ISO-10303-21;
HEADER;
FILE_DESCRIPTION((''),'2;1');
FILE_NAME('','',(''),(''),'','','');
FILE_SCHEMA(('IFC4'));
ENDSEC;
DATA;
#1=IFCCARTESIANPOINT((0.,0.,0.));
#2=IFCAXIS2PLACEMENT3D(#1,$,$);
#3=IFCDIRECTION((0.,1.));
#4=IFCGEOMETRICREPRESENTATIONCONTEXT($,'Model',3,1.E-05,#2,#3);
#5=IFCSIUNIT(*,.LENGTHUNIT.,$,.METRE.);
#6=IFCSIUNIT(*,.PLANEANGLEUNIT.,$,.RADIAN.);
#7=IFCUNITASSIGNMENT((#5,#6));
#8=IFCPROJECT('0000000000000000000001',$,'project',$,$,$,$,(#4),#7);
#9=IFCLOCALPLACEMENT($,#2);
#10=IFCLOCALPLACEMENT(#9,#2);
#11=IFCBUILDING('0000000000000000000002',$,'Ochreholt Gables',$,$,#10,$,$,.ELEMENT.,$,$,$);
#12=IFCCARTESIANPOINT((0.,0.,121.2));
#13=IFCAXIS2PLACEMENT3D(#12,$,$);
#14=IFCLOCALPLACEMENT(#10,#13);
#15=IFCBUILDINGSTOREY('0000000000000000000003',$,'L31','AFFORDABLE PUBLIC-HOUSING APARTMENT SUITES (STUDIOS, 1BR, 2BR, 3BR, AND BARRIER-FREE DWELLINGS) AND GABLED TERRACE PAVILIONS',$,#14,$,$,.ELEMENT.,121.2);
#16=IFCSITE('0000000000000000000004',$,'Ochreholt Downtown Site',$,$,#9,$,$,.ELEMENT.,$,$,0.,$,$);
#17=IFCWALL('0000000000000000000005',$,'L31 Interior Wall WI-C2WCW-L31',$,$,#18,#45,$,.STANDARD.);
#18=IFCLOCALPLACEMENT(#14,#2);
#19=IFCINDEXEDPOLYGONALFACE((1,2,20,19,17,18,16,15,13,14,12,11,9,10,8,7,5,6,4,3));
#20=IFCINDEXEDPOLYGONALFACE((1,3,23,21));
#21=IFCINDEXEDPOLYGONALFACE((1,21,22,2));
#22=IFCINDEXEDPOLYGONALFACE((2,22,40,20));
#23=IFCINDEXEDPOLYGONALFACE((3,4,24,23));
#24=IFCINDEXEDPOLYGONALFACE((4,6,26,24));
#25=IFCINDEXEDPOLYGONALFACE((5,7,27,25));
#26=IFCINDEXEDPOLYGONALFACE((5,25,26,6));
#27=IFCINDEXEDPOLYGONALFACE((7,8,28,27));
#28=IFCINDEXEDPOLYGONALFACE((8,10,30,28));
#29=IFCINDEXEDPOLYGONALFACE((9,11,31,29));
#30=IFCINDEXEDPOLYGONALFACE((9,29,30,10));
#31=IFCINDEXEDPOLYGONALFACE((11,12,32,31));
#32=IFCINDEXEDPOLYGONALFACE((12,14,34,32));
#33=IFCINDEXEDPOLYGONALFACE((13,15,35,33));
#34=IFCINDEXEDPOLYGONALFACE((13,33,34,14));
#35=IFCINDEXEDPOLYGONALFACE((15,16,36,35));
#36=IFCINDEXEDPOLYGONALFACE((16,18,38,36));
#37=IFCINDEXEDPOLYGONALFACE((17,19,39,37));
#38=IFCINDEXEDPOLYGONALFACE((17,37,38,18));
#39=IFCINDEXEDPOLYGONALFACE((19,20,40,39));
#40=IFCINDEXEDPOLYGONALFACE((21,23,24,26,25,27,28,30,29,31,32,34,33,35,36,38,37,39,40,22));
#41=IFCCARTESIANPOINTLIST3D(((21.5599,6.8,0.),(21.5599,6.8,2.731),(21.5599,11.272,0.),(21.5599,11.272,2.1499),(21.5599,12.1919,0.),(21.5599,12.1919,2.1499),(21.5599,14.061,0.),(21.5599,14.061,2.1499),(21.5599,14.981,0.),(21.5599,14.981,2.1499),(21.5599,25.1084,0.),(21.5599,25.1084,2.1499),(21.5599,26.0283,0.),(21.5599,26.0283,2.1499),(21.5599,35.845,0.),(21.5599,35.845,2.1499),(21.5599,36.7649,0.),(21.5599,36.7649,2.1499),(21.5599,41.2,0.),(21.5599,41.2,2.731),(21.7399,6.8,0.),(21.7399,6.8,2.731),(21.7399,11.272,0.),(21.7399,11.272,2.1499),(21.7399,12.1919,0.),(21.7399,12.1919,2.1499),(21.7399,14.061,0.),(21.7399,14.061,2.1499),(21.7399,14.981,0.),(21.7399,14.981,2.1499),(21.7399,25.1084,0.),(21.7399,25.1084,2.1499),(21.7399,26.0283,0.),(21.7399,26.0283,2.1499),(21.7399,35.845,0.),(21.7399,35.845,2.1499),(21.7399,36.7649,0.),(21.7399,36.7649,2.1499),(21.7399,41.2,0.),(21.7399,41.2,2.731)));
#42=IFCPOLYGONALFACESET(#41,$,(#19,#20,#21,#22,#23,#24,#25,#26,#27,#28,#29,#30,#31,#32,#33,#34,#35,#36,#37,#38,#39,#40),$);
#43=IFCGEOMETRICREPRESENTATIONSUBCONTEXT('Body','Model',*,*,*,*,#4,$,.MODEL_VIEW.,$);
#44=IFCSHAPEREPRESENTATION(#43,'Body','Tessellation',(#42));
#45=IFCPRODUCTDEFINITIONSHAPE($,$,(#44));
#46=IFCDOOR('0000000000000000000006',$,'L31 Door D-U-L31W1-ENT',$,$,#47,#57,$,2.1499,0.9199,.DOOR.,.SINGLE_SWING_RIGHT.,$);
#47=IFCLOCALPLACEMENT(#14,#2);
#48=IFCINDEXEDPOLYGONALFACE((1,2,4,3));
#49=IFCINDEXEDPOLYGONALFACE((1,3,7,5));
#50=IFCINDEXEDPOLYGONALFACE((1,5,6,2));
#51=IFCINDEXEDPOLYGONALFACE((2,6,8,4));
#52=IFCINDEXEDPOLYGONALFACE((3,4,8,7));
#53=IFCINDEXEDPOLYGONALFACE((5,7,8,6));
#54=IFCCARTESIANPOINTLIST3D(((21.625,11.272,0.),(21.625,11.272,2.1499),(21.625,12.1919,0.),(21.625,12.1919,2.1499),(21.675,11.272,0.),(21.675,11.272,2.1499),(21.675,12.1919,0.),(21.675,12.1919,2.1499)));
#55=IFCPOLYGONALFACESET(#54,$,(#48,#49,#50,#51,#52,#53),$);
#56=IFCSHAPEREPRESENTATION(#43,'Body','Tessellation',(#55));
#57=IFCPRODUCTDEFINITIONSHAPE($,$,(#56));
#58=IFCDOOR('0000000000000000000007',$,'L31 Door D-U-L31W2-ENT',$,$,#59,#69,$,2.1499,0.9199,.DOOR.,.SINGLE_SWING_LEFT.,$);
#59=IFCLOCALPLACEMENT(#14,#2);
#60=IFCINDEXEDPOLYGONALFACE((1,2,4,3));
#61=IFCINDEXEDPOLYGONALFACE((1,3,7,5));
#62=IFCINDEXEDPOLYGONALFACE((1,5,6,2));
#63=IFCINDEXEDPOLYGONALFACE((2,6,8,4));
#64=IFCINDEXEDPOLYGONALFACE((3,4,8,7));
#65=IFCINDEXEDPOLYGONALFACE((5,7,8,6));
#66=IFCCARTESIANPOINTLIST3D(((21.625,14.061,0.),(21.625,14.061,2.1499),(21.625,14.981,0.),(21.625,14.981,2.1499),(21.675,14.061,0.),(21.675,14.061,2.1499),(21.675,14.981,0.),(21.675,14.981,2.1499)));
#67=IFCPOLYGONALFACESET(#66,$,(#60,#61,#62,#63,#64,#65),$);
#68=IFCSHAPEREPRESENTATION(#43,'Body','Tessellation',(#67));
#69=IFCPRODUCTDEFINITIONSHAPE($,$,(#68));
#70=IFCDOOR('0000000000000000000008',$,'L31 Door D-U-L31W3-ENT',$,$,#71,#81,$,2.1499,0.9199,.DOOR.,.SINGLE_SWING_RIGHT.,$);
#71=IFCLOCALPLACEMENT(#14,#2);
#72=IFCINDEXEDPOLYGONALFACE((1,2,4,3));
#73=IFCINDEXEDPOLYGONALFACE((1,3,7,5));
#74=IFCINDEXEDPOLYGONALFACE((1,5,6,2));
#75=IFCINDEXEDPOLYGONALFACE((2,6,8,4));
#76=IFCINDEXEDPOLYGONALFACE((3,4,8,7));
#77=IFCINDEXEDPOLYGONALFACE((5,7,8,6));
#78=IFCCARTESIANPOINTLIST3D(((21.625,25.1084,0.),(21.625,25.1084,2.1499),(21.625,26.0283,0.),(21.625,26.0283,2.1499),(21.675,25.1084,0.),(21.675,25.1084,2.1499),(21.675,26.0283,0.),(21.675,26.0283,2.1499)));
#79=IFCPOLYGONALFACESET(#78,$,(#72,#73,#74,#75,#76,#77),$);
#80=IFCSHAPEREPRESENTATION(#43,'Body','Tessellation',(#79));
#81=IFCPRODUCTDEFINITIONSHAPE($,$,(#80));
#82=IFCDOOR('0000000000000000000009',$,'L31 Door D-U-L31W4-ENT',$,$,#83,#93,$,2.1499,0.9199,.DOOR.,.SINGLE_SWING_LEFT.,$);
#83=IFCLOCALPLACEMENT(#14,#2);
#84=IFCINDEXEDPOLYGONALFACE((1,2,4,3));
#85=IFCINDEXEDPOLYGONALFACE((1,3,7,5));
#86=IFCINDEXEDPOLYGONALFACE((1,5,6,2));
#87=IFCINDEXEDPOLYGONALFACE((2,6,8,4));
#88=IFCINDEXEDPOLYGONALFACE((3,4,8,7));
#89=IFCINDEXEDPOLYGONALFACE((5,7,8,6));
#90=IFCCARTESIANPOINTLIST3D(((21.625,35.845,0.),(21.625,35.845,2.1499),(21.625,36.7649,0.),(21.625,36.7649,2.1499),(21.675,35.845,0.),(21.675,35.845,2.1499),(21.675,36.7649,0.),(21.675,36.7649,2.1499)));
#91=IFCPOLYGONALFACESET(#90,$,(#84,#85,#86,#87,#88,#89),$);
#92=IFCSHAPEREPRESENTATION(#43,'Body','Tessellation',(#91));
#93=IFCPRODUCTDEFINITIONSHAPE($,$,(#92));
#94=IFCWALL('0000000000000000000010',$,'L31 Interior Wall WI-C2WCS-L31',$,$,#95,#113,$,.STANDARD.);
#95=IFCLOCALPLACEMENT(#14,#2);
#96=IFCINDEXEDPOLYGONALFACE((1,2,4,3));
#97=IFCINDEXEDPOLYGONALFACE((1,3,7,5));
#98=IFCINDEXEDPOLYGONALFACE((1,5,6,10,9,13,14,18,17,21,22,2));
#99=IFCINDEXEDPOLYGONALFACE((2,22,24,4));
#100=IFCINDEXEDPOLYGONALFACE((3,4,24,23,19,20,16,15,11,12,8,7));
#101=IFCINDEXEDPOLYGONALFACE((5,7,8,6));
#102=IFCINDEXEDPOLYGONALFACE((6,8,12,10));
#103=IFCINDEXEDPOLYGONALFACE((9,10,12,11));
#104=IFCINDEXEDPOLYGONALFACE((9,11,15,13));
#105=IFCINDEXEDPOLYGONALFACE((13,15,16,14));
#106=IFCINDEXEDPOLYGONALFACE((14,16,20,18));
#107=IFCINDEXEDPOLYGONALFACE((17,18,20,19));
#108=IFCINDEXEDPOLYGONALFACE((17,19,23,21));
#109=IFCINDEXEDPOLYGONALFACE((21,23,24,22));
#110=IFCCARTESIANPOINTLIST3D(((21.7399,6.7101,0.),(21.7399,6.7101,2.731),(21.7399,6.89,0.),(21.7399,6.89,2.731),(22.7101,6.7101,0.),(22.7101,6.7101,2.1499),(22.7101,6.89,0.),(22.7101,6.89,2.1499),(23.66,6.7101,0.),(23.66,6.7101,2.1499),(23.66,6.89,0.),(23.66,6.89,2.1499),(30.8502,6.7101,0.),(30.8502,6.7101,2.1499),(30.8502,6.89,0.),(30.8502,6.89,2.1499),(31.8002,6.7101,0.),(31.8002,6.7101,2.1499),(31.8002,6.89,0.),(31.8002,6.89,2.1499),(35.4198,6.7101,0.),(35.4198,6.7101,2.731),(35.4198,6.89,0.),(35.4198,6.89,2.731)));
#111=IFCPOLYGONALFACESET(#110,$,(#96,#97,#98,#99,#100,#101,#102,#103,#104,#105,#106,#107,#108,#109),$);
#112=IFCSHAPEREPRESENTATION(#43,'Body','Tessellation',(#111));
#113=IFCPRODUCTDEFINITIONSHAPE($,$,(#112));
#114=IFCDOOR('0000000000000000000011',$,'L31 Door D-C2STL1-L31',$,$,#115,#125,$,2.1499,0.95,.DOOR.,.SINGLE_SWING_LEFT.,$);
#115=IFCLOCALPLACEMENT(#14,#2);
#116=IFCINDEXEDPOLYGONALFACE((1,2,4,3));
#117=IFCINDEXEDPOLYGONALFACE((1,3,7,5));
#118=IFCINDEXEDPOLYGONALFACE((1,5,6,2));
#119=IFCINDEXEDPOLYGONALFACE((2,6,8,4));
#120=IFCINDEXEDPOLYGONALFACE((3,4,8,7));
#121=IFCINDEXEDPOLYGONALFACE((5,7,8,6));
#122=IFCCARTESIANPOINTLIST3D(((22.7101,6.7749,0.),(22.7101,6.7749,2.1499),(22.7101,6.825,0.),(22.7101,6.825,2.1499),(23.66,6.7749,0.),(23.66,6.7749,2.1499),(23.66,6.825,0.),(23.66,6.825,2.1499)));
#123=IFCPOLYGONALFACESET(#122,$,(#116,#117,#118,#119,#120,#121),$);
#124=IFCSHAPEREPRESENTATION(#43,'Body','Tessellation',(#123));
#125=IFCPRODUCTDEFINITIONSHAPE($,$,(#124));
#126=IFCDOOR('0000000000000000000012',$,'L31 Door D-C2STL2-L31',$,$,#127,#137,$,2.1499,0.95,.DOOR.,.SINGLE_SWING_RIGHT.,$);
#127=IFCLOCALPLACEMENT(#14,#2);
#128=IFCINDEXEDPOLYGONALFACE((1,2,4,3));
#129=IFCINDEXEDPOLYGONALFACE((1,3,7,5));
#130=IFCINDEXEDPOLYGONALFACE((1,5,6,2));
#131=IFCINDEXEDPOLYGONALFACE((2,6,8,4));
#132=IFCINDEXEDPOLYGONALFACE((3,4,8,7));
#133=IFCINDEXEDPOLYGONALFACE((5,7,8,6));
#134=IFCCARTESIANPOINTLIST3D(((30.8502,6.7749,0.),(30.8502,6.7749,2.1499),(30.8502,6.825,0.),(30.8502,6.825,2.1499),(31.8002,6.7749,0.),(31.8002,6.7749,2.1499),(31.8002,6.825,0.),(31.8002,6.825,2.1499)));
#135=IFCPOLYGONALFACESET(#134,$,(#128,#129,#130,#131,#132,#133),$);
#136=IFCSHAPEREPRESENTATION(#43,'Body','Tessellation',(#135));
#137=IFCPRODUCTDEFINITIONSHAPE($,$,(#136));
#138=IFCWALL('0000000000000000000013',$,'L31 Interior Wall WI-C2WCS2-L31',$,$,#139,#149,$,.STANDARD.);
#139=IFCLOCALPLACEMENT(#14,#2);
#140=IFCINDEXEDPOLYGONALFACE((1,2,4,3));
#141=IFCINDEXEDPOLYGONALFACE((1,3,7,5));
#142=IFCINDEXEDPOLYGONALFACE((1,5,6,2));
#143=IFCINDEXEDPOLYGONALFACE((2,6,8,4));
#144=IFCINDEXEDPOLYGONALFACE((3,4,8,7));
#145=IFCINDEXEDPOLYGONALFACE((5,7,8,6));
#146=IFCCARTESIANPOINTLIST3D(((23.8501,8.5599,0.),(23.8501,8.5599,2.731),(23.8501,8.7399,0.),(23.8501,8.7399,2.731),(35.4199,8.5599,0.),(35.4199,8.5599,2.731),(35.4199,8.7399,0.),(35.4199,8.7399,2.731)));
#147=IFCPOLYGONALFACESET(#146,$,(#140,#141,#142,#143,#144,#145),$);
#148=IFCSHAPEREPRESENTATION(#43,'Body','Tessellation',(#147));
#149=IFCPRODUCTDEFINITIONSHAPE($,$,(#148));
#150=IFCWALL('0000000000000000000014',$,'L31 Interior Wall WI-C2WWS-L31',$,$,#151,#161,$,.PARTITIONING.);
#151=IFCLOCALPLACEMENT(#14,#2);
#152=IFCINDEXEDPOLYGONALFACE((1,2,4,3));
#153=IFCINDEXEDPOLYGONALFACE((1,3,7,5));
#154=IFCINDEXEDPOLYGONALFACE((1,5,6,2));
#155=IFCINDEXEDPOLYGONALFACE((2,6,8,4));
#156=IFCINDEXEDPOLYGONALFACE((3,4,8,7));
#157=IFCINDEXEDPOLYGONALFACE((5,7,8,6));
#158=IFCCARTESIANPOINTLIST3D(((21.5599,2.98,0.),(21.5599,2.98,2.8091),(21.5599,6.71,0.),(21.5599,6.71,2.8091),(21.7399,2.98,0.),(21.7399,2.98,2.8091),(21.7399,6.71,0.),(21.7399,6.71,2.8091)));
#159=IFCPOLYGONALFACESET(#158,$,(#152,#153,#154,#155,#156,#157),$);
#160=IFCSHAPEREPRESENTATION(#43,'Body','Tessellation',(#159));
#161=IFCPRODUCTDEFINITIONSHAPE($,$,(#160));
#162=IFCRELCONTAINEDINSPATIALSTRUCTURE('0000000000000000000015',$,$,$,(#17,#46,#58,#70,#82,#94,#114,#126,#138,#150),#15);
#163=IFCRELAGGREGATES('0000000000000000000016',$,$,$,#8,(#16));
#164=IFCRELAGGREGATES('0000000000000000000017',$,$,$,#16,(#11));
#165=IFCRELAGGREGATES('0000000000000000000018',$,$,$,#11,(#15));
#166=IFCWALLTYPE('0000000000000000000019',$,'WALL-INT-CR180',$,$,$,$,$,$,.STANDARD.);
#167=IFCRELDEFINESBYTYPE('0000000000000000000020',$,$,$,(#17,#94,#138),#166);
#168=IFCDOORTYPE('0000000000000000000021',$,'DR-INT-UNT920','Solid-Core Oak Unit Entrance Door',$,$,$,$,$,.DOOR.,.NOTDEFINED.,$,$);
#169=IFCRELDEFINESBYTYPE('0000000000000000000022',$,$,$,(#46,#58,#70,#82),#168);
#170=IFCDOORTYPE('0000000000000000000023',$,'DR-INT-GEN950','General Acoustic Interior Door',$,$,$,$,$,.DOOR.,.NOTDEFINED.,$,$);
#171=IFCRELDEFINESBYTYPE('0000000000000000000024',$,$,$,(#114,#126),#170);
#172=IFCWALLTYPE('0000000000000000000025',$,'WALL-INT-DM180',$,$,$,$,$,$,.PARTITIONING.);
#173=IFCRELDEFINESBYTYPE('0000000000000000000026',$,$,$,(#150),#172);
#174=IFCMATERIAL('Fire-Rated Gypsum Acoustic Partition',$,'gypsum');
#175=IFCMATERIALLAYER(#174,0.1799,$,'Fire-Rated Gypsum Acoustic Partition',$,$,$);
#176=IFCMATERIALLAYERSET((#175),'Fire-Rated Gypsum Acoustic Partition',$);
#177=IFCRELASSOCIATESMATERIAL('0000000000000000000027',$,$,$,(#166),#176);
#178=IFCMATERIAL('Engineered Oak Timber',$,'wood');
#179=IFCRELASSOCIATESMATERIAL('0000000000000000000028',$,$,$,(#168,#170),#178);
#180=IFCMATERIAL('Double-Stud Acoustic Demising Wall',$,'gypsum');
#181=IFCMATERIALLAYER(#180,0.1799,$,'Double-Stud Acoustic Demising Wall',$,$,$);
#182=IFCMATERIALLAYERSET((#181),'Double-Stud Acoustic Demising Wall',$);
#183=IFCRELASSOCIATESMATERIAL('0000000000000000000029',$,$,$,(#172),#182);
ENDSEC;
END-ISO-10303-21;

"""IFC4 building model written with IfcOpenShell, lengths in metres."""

from ifc_helpers import new_model, si_unit, direction, frame, frame_2d, origin, place, context, subcontext, project, spatial, rectangle, extrude, material, layer, layer_set, type_object, element, fill, save


model = new_model("IFC4")

# Units and contexts
model_context = context("Model", 3, precision=1e-05, world=origin(), true_north=direction((0.0, 1.0)))
body_context = subcontext(model_context, "Body", "Model", "MODEL_VIEW")
ifc_project = project(units=[si_unit("LENGTHUNIT", "METRE"), si_unit("PLANEANGLEUNIT", "RADIAN")], contexts=[model_context])

# Site, building, storey
site_placement = place(None, origin())
site = spatial("IfcSite", under=ifc_project, at=site_placement, Name="Ochreholt Downtown Site", CompositionType="ELEMENT", RefElevation=0.0)
building_placement = place(site_placement, origin())
building = spatial("IfcBuilding", under=site, at=building_placement, Name="Ochreholt Gables", CompositionType="ELEMENT")
storey_placement = place(building_placement, frame((0.0, 0.0, 121.2)))
storey = spatial("IfcBuildingStorey", under=building, at=storey_placement, Name="L31", Description="AFFORDABLE PUBLIC-HOUSING APARTMENT SUITES (STUDIOS, 1BR, 2BR, 3BR, AND BARRIER-FREE DWELLINGS) AND GABLED TERRACE PAVILIONS", CompositionType="ELEMENT", Elevation=121.2)

# Walls, openings, doors
ifc_material_1 = material(Name="Fire-Rated Gypsum Acoustic Partition", Category="gypsum")
ifc_layer_1 = layer(ifc_material_1, 0.1799, Name="Fire-Rated Gypsum Acoustic Partition")
ifc_layer_set_1 = layer_set([ifc_layer_1], Name="Fire-Rated Gypsum Acoustic Partition")
wall_type_1 = type_object("IfcWallType", Name="WALL-INT-CR180", PredefinedType="STANDARD", material=ifc_layer_set_1)
wall_1_placement = place(storey_placement, frame((21.6499, 6.8, 0.0), z_axis=(0.0, 0.0, 1.0), x_axis=(0.0, 1.0, 0.0)))
wall_1 = element("IfcWall", 1, at=wall_1_placement, inside=storey, type_object=wall_type_1, Name="L31 Interior Wall WI-C2WCW-L31", PredefinedType="STANDARD", context=body_context, shape_type="SweptSolid", body=[
    extrude(rectangle(XDim=34.3999, YDim=0.1799, at=frame_2d((17.2, 0.0))), origin(), (0.0, 0.0, 1.0), 2.731),
])
opening_1_placement = place(wall_1_placement, frame((4.4719, 0.0, 0.0)))
opening_1 = element("IfcOpeningElement", 2, at=opening_1_placement, cuts=wall_1, PredefinedType="OPENING", context=body_context, shape_type="SweptSolid", body=[
    extrude(rectangle(XDim=0.9199, YDim=2.1499, at=frame_2d((0.46, 1.075))), frame((0.0, 0.0999, 0.0), z_axis=(0.0, -1.0, 0.0), x_axis=(1.0, 0.0, 0.0)), (0.0, 0.0, 1.0), 0.2),
])
opening_2_placement = place(wall_1_placement, frame((7.261, 0.0, 0.0)))
opening_2 = element("IfcOpeningElement", 3, at=opening_2_placement, cuts=wall_1, PredefinedType="OPENING", context=body_context, shape_type="SweptSolid", body=[
    extrude(rectangle(XDim=0.9199, YDim=2.1499, at=frame_2d((0.46, 1.075))), frame((0.0, 0.0999, 0.0), z_axis=(0.0, -1.0, 0.0), x_axis=(1.0, 0.0, 0.0)), (0.0, 0.0, 1.0), 0.2),
])
opening_3_placement = place(wall_1_placement, frame((18.3083, 0.0, 0.0)))
opening_3 = element("IfcOpeningElement", 4, at=opening_3_placement, cuts=wall_1, PredefinedType="OPENING", context=body_context, shape_type="SweptSolid", body=[
    extrude(rectangle(XDim=0.9199, YDim=2.1499, at=frame_2d((0.46, 1.075))), frame((0.0, 0.0999, 0.0), z_axis=(0.0, -1.0, 0.0), x_axis=(1.0, 0.0, 0.0)), (0.0, 0.0, 1.0), 0.2),
])
opening_4_placement = place(wall_1_placement, frame((29.0449, 0.0, 0.0)))
opening_4 = element("IfcOpeningElement", 5, at=opening_4_placement, cuts=wall_1, PredefinedType="OPENING", context=body_context, shape_type="SweptSolid", body=[
    extrude(rectangle(XDim=0.9199, YDim=2.1499, at=frame_2d((0.46, 1.075))), frame((0.0, 0.0999, 0.0), z_axis=(0.0, -1.0, 0.0), x_axis=(1.0, 0.0, 0.0)), (0.0, 0.0, 1.0), 0.2),
])
ifc_material_2 = material(Name="Engineered Oak Timber", Category="wood")
door_type_1 = type_object("IfcDoorType", Name="DR-INT-UNT920", Description="Solid-Core Oak Unit Entrance Door", OperationType="NOTDEFINED", PredefinedType="DOOR", material=ifc_material_2)
door_1_placement = place(opening_1_placement, origin())
door_1 = element("IfcDoor", 6, at=door_1_placement, inside=storey, type_object=door_type_1, Name="L31 Door D-U-L31W1-ENT", OperationType="SINGLE_SWING_RIGHT", OverallHeight=2.1499, OverallWidth=0.9199, PredefinedType="DOOR", context=body_context, shape_type="SweptSolid", body=[
    extrude(rectangle(XDim=0.9199, YDim=2.1499, at=frame_2d((0.46, 1.075))), frame((0.0, 0.0249, 0.0), z_axis=(0.0, -1.0, 0.0), x_axis=(1.0, 0.0, 0.0)), (0.0, 0.0, 1.0), 0.05),
])
fill(opening_1, door_1)
door_2_placement = place(opening_2_placement, origin())
door_2 = element("IfcDoor", 7, at=door_2_placement, inside=storey, type_object=door_type_1, Name="L31 Door D-U-L31W2-ENT", OperationType="SINGLE_SWING_LEFT", OverallHeight=2.1499, OverallWidth=0.9199, PredefinedType="DOOR", context=body_context, shape_type="SweptSolid", body=[
    extrude(rectangle(XDim=0.9199, YDim=2.1499, at=frame_2d((0.46, 1.075))), frame((0.0, 0.0249, 0.0), z_axis=(0.0, -1.0, 0.0), x_axis=(1.0, 0.0, 0.0)), (0.0, 0.0, 1.0), 0.05),
])
fill(opening_2, door_2)
door_3_placement = place(opening_3_placement, origin())
door_3 = element("IfcDoor", 8, at=door_3_placement, inside=storey, type_object=door_type_1, Name="L31 Door D-U-L31W3-ENT", OperationType="SINGLE_SWING_RIGHT", OverallHeight=2.1499, OverallWidth=0.9199, PredefinedType="DOOR", context=body_context, shape_type="SweptSolid", body=[
    extrude(rectangle(XDim=0.9199, YDim=2.1499, at=frame_2d((0.46, 1.075))), frame((0.0, 0.0249, 0.0), z_axis=(0.0, -1.0, 0.0), x_axis=(1.0, 0.0, 0.0)), (0.0, 0.0, 1.0), 0.05),
])
fill(opening_3, door_3)
door_4_placement = place(opening_4_placement, origin())
door_4 = element("IfcDoor", 9, at=door_4_placement, inside=storey, type_object=door_type_1, Name="L31 Door D-U-L31W4-ENT", OperationType="SINGLE_SWING_LEFT", OverallHeight=2.1499, OverallWidth=0.9199, PredefinedType="DOOR", context=body_context, shape_type="SweptSolid", body=[
    extrude(rectangle(XDim=0.9199, YDim=2.1499, at=frame_2d((0.46, 1.075))), frame((0.0, 0.0249, 0.0), z_axis=(0.0, -1.0, 0.0), x_axis=(1.0, 0.0, 0.0)), (0.0, 0.0, 1.0), 0.05),
])
fill(opening_4, door_4)
wall_2_placement = place(storey_placement, frame((21.74, 6.8, 0.0), z_axis=(0.0, 0.0, 1.0), x_axis=(1.0, 0.0, 0.0)))
wall_2 = element("IfcWall", 10, at=wall_2_placement, inside=storey, type_object=wall_type_1, Name="L31 Interior Wall WI-C2WCS-L31", PredefinedType="STANDARD", context=body_context, shape_type="SweptSolid", body=[
    extrude(rectangle(XDim=13.6799, YDim=0.1799, at=frame_2d((6.8398, 0.0))), origin(), (0.0, 0.0, 1.0), 2.731),
])
opening_5_placement = place(wall_2_placement, frame((0.97, 0.0, 0.0)))
opening_5 = element("IfcOpeningElement", 11, at=opening_5_placement, cuts=wall_2, PredefinedType="OPENING", context=body_context, shape_type="SweptSolid", body=[
    extrude(rectangle(XDim=0.95, YDim=2.1499, at=frame_2d((0.4751, 1.075))), frame((0.0, 0.0999, 0.0), z_axis=(0.0, -1.0, 0.0), x_axis=(1.0, 0.0, 0.0)), (0.0, 0.0, 1.0), 0.2),
])
opening_6_placement = place(wall_2_placement, frame((9.1101, 0.0, 0.0)))
opening_6 = element("IfcOpeningElement", 12, at=opening_6_placement, cuts=wall_2, PredefinedType="OPENING", context=body_context, shape_type="SweptSolid", body=[
    extrude(rectangle(XDim=0.95, YDim=2.1499, at=frame_2d((0.4751, 1.075))), frame((0.0, 0.0999, 0.0), z_axis=(0.0, -1.0, 0.0), x_axis=(1.0, 0.0, 0.0)), (0.0, 0.0, 1.0), 0.2),
])
door_type_2 = type_object("IfcDoorType", Name="DR-INT-GEN950", Description="General Acoustic Interior Door", OperationType="NOTDEFINED", PredefinedType="DOOR", material=ifc_material_2)
door_5_placement = place(opening_5_placement, origin())
door_5 = element("IfcDoor", 13, at=door_5_placement, inside=storey, type_object=door_type_2, Name="L31 Door D-C2STL1-L31", OperationType="SINGLE_SWING_LEFT", OverallHeight=2.1499, OverallWidth=0.95, PredefinedType="DOOR", context=body_context, shape_type="SweptSolid", body=[
    extrude(rectangle(XDim=0.95, YDim=2.1499, at=frame_2d((0.4751, 1.075))), frame((0.0, 0.0249, 0.0), z_axis=(0.0, -1.0, 0.0), x_axis=(1.0, 0.0, 0.0)), (0.0, 0.0, 1.0), 0.05),
])
fill(opening_5, door_5)
door_6_placement = place(opening_6_placement, origin())
door_6 = element("IfcDoor", 14, at=door_6_placement, inside=storey, type_object=door_type_2, Name="L31 Door D-C2STL2-L31", OperationType="SINGLE_SWING_RIGHT", OverallHeight=2.1499, OverallWidth=0.95, PredefinedType="DOOR", context=body_context, shape_type="SweptSolid", body=[
    extrude(rectangle(XDim=0.95, YDim=2.1499, at=frame_2d((0.4751, 1.075))), frame((0.0, 0.0249, 0.0), z_axis=(0.0, -1.0, 0.0), x_axis=(1.0, 0.0, 0.0)), (0.0, 0.0, 1.0), 0.05),
])
fill(opening_6, door_6)

# Walls
wall_3_placement = place(storey_placement, frame((23.8501, 8.6499, 0.0), z_axis=(0.0, 0.0, 1.0), x_axis=(1.0, 0.0, 0.0)))
element("IfcWall", 15, at=wall_3_placement, inside=storey, type_object=wall_type_1, Name="L31 Interior Wall WI-C2WCS2-L31", PredefinedType="STANDARD", context=body_context, shape_type="SweptSolid", body=[
    extrude(rectangle(XDim=11.5698, YDim=0.1799, at=frame_2d((5.7849, 0.0))), origin(), (0.0, 0.0, 1.0), 2.731),
])
ifc_material_3 = material(Name="Double-Stud Acoustic Demising Wall", Category="gypsum")
ifc_layer_2 = layer(ifc_material_3, 0.1799, Name="Double-Stud Acoustic Demising Wall")
ifc_layer_set_2 = layer_set([ifc_layer_2], Name="Double-Stud Acoustic Demising Wall")
wall_type_2 = type_object("IfcWallType", Name="WALL-INT-DM180", PredefinedType="PARTITIONING", material=ifc_layer_set_2)
wall_4_placement = place(storey_placement, frame((21.6499, 2.98, 0.0), z_axis=(0.0, 0.0, 1.0), x_axis=(0.0, 1.0, 0.0)))
element("IfcWall", 16, at=wall_4_placement, inside=storey, type_object=wall_type_2, Name="L31 Interior Wall WI-C2WWS-L31", PredefinedType="PARTITIONING", context=body_context, shape_type="SweptSolid", body=[
    extrude(rectangle(XDim=3.73, YDim=0.1799, at=frame_2d((1.865, 0.0))), origin(), (0.0, 0.0, 1.0), 2.8091),
])

save(model, "model.ifc")
